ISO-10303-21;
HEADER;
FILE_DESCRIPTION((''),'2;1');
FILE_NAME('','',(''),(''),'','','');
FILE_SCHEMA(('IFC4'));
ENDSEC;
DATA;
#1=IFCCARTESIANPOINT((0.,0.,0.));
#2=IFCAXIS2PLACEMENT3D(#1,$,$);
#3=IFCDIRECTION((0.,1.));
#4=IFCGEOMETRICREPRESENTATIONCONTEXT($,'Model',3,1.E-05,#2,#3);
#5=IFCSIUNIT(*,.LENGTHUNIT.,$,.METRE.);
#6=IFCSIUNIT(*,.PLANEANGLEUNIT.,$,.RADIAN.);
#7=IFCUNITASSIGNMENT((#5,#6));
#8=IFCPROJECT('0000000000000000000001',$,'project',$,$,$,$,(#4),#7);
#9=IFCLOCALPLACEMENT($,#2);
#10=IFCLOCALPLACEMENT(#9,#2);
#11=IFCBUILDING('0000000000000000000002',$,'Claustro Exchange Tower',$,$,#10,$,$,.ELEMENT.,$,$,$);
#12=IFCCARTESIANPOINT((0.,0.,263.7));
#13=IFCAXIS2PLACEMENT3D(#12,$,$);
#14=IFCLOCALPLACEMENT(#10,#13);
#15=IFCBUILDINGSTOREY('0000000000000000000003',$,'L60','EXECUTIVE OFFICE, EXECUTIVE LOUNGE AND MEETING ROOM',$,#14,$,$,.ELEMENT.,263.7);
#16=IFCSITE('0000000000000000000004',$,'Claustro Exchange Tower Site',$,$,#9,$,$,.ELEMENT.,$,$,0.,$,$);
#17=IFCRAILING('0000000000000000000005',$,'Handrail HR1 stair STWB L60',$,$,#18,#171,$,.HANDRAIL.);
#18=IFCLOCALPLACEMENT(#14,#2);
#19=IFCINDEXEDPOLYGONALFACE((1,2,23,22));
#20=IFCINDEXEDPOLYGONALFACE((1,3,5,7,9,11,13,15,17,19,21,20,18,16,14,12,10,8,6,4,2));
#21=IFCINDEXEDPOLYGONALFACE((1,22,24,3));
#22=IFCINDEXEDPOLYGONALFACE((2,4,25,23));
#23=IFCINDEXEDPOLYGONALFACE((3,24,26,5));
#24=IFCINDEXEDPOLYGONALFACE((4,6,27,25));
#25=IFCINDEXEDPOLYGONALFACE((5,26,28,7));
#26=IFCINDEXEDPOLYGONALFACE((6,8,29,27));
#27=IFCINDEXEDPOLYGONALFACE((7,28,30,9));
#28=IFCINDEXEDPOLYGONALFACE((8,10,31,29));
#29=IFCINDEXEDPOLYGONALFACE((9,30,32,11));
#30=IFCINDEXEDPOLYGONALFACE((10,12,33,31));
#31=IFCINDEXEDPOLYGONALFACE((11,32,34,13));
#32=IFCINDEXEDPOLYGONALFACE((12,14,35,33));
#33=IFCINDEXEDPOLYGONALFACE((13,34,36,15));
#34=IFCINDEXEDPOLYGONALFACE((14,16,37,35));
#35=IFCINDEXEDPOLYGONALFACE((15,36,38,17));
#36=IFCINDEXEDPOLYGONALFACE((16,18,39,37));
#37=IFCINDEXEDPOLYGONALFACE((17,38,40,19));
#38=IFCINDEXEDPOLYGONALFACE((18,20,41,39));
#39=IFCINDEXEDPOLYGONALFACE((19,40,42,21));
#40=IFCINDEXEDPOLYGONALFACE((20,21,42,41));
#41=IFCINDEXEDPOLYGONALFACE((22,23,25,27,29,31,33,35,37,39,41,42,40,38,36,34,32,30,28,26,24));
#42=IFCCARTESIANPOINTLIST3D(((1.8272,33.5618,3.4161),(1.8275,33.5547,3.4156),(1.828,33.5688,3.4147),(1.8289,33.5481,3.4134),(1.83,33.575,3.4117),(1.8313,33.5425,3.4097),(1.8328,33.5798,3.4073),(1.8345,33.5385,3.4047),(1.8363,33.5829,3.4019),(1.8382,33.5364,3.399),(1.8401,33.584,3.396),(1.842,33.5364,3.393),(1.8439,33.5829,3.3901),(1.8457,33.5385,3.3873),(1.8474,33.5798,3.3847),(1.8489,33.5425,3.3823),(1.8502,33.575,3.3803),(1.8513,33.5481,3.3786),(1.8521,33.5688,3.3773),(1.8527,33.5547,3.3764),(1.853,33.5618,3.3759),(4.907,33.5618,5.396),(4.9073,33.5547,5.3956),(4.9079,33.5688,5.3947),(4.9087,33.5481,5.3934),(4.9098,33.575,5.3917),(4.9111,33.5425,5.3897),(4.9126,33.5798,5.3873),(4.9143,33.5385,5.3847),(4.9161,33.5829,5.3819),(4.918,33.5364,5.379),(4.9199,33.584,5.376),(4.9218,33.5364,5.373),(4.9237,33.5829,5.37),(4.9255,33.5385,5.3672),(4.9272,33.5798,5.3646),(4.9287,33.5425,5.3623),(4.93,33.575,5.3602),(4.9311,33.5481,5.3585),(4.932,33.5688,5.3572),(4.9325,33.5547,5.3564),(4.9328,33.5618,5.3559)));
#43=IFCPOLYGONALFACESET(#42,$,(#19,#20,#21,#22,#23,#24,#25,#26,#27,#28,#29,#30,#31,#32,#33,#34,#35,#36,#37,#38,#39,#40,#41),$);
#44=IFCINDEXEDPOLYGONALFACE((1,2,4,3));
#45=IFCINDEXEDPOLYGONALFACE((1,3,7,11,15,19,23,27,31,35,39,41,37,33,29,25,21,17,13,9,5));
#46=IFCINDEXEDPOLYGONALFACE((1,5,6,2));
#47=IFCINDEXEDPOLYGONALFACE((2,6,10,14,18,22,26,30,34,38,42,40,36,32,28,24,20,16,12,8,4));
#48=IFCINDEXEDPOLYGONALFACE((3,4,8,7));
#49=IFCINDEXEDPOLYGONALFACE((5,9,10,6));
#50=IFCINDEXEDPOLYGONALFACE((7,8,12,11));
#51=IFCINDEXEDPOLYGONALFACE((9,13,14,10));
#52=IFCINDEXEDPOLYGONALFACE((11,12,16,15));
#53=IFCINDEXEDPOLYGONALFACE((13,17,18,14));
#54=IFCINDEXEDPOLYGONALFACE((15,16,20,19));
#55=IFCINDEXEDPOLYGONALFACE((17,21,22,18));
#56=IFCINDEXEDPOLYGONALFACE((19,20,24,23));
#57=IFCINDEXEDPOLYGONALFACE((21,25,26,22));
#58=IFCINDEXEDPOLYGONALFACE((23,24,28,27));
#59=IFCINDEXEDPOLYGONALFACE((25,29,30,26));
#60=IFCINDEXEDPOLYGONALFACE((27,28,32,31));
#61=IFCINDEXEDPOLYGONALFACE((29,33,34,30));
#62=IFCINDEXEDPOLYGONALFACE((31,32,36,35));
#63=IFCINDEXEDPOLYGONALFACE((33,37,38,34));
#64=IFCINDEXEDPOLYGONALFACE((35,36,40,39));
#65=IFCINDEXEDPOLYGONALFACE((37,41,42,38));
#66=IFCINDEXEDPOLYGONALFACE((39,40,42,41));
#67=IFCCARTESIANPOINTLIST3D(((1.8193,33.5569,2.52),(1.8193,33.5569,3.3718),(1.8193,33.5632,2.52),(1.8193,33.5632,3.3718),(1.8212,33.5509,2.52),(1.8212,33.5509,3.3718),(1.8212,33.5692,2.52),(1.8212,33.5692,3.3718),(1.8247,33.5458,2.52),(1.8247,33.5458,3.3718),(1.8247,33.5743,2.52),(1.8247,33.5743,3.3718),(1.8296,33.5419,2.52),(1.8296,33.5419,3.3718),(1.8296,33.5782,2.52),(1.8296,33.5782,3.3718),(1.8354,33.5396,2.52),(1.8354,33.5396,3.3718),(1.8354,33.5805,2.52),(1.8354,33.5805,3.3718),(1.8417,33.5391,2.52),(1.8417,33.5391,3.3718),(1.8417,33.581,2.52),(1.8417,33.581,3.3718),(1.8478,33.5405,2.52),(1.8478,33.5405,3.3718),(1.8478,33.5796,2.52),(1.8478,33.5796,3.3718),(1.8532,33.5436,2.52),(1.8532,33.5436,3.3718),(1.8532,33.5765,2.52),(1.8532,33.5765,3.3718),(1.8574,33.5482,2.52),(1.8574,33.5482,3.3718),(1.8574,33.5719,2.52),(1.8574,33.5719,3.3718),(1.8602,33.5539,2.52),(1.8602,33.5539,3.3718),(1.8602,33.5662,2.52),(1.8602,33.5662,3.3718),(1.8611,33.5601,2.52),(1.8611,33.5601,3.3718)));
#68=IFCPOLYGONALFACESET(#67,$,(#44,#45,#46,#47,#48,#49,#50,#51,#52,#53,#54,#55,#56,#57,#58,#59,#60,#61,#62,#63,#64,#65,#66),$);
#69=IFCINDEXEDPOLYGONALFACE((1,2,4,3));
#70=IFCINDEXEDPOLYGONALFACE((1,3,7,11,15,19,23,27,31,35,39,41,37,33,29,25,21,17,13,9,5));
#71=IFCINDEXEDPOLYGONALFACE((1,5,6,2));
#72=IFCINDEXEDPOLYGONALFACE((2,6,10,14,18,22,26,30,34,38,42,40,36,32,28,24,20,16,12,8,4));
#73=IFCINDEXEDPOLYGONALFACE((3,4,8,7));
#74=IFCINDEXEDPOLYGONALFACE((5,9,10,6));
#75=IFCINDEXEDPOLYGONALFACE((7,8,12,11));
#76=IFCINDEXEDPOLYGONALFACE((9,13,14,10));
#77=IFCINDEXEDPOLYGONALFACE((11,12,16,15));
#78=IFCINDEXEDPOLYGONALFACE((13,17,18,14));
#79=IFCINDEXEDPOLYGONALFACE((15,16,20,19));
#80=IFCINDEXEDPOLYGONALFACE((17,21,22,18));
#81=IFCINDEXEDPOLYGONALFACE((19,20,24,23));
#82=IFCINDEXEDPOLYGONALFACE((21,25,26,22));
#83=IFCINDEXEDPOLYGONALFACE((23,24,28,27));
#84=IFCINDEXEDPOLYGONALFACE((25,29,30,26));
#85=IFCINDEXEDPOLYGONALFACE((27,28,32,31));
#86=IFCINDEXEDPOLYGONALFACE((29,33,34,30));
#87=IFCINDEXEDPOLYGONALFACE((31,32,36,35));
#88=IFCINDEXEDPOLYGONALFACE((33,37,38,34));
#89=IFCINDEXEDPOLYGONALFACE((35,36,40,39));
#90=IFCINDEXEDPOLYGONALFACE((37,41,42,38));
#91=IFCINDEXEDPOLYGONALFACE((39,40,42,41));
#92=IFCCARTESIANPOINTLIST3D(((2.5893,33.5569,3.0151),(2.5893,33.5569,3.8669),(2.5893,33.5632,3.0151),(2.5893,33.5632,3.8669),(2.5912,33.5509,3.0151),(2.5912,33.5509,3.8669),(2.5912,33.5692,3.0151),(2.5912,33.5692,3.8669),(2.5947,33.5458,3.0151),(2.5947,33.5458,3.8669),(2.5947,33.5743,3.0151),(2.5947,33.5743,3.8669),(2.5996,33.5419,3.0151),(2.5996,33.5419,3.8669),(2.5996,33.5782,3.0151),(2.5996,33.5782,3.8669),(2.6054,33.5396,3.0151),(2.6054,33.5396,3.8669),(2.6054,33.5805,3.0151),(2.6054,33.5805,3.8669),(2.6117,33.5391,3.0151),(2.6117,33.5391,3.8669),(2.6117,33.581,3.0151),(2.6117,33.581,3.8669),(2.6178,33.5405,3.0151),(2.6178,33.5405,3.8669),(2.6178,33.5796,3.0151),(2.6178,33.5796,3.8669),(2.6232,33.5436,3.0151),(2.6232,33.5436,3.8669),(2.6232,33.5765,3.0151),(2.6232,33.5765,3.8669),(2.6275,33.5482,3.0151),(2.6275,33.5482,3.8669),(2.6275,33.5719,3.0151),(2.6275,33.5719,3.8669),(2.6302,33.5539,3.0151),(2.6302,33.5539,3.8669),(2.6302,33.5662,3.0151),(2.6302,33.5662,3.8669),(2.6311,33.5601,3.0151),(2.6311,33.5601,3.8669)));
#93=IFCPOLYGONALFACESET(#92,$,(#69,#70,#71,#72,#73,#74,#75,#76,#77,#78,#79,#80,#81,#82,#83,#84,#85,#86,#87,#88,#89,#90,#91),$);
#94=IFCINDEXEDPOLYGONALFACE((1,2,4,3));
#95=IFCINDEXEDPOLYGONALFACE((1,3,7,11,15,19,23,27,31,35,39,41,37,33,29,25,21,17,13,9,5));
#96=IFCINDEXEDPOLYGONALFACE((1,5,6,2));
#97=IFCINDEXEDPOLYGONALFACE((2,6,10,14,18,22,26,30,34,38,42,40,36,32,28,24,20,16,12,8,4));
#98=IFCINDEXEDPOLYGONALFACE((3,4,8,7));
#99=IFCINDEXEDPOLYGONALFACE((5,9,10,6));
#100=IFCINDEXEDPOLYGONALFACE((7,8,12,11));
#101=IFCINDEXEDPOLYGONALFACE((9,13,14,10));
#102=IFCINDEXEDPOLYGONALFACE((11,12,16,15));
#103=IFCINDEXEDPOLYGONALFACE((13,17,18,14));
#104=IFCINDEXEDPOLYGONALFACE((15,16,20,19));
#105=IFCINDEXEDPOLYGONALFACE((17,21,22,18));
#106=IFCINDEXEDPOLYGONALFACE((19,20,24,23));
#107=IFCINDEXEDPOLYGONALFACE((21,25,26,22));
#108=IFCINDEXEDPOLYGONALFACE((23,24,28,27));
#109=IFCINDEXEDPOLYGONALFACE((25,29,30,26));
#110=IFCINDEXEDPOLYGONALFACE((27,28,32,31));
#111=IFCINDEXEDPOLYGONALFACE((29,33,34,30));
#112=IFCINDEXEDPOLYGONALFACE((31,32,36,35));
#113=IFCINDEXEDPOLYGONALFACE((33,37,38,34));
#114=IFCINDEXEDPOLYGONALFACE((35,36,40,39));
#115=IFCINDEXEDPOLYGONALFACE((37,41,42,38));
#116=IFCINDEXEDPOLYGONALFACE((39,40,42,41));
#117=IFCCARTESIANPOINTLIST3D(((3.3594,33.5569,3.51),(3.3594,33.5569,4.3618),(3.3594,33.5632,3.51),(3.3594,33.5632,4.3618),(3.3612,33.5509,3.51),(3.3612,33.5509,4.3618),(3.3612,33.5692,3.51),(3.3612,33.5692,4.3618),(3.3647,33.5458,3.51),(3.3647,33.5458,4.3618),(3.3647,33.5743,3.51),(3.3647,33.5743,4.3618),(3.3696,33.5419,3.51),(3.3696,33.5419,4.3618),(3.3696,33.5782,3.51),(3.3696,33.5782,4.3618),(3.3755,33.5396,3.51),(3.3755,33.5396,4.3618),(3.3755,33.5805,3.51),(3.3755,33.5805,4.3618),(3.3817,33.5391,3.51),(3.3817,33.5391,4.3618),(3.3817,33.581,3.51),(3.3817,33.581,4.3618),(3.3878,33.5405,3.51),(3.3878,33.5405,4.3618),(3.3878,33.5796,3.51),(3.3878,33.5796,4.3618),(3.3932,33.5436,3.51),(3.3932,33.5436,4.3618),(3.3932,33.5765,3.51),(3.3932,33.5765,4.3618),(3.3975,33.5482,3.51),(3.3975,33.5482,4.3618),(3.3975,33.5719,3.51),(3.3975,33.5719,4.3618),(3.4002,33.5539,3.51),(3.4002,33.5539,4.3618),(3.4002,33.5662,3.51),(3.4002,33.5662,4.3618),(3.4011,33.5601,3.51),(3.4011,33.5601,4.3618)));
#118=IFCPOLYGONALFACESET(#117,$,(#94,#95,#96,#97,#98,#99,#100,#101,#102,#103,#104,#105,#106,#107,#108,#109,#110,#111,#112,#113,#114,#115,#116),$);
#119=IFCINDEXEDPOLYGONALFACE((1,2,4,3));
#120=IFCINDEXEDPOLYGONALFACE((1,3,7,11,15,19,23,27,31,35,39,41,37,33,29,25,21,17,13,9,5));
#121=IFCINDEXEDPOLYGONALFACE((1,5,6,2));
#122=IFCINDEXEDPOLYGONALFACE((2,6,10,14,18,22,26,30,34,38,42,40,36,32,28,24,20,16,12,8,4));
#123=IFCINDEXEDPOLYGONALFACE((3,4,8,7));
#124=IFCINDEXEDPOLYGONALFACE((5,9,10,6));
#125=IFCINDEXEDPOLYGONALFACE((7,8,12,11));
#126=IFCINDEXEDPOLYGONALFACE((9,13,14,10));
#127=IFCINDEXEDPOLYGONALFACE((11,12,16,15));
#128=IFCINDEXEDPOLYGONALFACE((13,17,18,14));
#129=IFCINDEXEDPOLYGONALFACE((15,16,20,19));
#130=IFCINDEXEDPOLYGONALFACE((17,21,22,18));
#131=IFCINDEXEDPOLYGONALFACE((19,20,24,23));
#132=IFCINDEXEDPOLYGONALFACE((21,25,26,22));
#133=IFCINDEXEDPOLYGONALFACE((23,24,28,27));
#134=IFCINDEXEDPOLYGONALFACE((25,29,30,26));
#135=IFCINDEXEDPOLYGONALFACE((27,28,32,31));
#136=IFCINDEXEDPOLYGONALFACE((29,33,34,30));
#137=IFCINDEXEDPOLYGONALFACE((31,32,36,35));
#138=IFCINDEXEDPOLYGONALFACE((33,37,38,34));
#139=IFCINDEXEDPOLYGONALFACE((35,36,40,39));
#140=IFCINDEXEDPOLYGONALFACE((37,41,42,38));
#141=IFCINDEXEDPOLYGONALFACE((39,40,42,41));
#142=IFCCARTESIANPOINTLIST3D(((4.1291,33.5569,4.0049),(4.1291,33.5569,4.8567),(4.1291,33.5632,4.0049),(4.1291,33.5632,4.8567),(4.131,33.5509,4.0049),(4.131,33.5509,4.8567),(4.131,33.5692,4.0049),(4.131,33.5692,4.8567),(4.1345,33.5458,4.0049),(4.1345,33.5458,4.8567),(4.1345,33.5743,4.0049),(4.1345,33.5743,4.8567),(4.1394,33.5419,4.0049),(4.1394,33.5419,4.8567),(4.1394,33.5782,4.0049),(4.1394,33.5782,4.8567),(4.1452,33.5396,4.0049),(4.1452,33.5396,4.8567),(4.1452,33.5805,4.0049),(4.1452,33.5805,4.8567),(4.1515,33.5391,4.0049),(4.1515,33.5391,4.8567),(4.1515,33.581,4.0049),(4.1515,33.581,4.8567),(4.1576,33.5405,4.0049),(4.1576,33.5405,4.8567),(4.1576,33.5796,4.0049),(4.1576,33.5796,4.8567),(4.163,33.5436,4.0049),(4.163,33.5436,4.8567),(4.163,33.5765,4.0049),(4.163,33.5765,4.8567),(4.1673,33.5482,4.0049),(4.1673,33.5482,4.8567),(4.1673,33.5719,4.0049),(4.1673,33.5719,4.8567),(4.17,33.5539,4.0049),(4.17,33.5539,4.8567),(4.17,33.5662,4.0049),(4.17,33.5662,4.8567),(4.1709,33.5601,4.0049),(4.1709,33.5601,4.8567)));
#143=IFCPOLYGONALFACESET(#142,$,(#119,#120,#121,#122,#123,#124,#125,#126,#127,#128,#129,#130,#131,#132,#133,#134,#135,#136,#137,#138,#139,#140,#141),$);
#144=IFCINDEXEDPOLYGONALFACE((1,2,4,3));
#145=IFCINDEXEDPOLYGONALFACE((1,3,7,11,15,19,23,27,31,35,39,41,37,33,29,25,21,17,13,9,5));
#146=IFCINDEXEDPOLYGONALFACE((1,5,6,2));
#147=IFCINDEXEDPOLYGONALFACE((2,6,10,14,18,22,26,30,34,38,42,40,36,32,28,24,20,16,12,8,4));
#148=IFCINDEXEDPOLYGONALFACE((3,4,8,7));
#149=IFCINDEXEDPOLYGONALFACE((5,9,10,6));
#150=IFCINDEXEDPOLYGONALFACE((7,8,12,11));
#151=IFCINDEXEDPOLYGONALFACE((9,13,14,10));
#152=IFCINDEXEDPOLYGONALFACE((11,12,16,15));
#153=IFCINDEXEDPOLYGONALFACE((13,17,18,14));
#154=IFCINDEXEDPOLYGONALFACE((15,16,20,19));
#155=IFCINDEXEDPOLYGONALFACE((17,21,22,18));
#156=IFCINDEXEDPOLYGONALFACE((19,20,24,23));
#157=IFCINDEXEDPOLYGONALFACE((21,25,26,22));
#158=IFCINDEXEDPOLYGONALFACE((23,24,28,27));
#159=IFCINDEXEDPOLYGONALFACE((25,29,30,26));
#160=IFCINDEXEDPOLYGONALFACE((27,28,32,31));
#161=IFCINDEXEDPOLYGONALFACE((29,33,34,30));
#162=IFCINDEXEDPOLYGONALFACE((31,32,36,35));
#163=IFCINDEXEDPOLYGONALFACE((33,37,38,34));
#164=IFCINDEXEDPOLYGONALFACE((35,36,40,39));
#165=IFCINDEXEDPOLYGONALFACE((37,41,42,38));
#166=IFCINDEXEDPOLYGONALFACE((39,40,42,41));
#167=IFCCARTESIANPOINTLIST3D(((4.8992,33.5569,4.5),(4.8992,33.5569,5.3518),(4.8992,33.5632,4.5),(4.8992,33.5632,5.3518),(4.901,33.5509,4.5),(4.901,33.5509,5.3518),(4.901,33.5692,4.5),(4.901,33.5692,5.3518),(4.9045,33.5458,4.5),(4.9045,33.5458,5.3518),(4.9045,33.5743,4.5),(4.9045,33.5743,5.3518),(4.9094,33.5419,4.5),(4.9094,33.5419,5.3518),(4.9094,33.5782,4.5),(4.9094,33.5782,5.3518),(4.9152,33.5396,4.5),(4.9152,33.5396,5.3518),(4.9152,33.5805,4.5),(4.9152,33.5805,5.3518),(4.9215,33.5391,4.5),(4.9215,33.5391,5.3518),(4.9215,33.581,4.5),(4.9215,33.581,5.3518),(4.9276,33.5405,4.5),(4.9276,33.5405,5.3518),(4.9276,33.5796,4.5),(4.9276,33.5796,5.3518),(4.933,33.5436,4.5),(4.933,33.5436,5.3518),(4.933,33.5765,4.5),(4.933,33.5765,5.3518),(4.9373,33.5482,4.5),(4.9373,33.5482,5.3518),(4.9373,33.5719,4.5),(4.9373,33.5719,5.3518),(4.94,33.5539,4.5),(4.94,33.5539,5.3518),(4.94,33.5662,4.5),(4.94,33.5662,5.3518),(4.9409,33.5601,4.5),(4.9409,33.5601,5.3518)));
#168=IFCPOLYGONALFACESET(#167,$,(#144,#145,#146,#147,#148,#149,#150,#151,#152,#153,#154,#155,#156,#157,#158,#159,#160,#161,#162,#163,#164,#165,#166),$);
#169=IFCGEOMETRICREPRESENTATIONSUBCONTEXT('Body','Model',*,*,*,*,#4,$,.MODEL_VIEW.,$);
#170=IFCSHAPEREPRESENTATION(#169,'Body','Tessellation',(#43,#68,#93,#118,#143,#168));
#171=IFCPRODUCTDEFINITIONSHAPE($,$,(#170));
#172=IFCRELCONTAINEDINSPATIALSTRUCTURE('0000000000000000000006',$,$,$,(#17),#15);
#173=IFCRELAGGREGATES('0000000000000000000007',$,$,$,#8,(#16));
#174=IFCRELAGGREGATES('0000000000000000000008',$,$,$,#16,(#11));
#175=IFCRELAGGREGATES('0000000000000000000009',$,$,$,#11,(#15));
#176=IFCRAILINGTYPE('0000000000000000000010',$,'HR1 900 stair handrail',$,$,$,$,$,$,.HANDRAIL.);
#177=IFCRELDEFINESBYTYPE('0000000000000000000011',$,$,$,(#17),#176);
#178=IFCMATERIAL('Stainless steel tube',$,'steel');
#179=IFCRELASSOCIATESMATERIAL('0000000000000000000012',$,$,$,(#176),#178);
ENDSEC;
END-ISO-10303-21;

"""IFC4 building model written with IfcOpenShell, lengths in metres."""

from ifc_helpers import new_model, si_unit, direction, frame, origin, origin_2d, place, context, subcontext, project, spatial, circle, extrude, material, type_object, element, save


model = new_model("IFC4")

# Units and contexts
model_context = context("Model", 3, precision=1e-05, world=origin(), true_north=direction((0.0, 1.0)))
body_context = subcontext(model_context, "Body", "Model", "MODEL_VIEW")
ifc_project = project(units=[si_unit("LENGTHUNIT", "METRE"), si_unit("PLANEANGLEUNIT", "RADIAN")], contexts=[model_context])

# Site, building, storey
site_placement = place(None, origin())
site = spatial("IfcSite", under=ifc_project, at=site_placement, Name="Claustro Exchange Tower Site", CompositionType="ELEMENT", RefElevation=0.0)
building_placement = place(site_placement, origin())
building = spatial("IfcBuilding", under=site, at=building_placement, Name="Claustro Exchange Tower", CompositionType="ELEMENT")
storey_placement = place(building_placement, frame((0.0, 0.0, 263.7)))
storey = spatial("IfcBuildingStorey", under=building, at=storey_placement, Name="L60", Description="EXECUTIVE OFFICE, EXECUTIVE LOUNGE AND MEETING ROOM", CompositionType="ELEMENT", Elevation=263.7)

# Railing
ifc_material_1 = material(Name="Stainless steel tube", Category="steel")
railing_type_1 = type_object("IfcRailingType", Name="HR1 900 stair handrail", PredefinedType="HANDRAIL", material=ifc_material_1)
railing_1_placement = place(storey_placement, frame((1.8401, 33.5601, 2.52)))
element("IfcRailing", 1, at=railing_1_placement, inside=storey, type_object=railing_type_1, Name="Handrail HR1 stair STWB L60", PredefinedType="HANDRAIL", context=body_context, shape_type="SweptSolid", body=[
    extrude(circle(Radius=0.0239, at=origin_2d()), frame((0.0, 0.0, 0.876), z_axis=(0.841168, 0.0, 0.540774), x_axis=(0.0, 1.0, 0.0)), (0.0, 0.0, 1.0), 3.6614),
    extrude(circle(Radius=0.021, at=origin_2d()), origin(), (0.0, 0.0, 1.0), 0.8518),
    extrude(circle(Radius=0.021, at=origin_2d()), frame((0.77, 0.0, 0.4951)), (0.0, 0.0, 1.0), 0.8518),
    extrude(circle(Radius=0.021, at=origin_2d()), frame((1.54, 0.0, 0.99)), (0.0, 0.0, 1.0), 0.8518),
    extrude(circle(Radius=0.021, at=origin_2d()), frame((2.3098, 0.0, 1.4849)), (0.0, 0.0, 1.0), 0.8518),
    extrude(circle(Radius=0.021, at=origin_2d()), frame((3.0798, 0.0, 1.98)), (0.0, 0.0, 1.0), 0.8518),
])

save(model, "model.ifc")
